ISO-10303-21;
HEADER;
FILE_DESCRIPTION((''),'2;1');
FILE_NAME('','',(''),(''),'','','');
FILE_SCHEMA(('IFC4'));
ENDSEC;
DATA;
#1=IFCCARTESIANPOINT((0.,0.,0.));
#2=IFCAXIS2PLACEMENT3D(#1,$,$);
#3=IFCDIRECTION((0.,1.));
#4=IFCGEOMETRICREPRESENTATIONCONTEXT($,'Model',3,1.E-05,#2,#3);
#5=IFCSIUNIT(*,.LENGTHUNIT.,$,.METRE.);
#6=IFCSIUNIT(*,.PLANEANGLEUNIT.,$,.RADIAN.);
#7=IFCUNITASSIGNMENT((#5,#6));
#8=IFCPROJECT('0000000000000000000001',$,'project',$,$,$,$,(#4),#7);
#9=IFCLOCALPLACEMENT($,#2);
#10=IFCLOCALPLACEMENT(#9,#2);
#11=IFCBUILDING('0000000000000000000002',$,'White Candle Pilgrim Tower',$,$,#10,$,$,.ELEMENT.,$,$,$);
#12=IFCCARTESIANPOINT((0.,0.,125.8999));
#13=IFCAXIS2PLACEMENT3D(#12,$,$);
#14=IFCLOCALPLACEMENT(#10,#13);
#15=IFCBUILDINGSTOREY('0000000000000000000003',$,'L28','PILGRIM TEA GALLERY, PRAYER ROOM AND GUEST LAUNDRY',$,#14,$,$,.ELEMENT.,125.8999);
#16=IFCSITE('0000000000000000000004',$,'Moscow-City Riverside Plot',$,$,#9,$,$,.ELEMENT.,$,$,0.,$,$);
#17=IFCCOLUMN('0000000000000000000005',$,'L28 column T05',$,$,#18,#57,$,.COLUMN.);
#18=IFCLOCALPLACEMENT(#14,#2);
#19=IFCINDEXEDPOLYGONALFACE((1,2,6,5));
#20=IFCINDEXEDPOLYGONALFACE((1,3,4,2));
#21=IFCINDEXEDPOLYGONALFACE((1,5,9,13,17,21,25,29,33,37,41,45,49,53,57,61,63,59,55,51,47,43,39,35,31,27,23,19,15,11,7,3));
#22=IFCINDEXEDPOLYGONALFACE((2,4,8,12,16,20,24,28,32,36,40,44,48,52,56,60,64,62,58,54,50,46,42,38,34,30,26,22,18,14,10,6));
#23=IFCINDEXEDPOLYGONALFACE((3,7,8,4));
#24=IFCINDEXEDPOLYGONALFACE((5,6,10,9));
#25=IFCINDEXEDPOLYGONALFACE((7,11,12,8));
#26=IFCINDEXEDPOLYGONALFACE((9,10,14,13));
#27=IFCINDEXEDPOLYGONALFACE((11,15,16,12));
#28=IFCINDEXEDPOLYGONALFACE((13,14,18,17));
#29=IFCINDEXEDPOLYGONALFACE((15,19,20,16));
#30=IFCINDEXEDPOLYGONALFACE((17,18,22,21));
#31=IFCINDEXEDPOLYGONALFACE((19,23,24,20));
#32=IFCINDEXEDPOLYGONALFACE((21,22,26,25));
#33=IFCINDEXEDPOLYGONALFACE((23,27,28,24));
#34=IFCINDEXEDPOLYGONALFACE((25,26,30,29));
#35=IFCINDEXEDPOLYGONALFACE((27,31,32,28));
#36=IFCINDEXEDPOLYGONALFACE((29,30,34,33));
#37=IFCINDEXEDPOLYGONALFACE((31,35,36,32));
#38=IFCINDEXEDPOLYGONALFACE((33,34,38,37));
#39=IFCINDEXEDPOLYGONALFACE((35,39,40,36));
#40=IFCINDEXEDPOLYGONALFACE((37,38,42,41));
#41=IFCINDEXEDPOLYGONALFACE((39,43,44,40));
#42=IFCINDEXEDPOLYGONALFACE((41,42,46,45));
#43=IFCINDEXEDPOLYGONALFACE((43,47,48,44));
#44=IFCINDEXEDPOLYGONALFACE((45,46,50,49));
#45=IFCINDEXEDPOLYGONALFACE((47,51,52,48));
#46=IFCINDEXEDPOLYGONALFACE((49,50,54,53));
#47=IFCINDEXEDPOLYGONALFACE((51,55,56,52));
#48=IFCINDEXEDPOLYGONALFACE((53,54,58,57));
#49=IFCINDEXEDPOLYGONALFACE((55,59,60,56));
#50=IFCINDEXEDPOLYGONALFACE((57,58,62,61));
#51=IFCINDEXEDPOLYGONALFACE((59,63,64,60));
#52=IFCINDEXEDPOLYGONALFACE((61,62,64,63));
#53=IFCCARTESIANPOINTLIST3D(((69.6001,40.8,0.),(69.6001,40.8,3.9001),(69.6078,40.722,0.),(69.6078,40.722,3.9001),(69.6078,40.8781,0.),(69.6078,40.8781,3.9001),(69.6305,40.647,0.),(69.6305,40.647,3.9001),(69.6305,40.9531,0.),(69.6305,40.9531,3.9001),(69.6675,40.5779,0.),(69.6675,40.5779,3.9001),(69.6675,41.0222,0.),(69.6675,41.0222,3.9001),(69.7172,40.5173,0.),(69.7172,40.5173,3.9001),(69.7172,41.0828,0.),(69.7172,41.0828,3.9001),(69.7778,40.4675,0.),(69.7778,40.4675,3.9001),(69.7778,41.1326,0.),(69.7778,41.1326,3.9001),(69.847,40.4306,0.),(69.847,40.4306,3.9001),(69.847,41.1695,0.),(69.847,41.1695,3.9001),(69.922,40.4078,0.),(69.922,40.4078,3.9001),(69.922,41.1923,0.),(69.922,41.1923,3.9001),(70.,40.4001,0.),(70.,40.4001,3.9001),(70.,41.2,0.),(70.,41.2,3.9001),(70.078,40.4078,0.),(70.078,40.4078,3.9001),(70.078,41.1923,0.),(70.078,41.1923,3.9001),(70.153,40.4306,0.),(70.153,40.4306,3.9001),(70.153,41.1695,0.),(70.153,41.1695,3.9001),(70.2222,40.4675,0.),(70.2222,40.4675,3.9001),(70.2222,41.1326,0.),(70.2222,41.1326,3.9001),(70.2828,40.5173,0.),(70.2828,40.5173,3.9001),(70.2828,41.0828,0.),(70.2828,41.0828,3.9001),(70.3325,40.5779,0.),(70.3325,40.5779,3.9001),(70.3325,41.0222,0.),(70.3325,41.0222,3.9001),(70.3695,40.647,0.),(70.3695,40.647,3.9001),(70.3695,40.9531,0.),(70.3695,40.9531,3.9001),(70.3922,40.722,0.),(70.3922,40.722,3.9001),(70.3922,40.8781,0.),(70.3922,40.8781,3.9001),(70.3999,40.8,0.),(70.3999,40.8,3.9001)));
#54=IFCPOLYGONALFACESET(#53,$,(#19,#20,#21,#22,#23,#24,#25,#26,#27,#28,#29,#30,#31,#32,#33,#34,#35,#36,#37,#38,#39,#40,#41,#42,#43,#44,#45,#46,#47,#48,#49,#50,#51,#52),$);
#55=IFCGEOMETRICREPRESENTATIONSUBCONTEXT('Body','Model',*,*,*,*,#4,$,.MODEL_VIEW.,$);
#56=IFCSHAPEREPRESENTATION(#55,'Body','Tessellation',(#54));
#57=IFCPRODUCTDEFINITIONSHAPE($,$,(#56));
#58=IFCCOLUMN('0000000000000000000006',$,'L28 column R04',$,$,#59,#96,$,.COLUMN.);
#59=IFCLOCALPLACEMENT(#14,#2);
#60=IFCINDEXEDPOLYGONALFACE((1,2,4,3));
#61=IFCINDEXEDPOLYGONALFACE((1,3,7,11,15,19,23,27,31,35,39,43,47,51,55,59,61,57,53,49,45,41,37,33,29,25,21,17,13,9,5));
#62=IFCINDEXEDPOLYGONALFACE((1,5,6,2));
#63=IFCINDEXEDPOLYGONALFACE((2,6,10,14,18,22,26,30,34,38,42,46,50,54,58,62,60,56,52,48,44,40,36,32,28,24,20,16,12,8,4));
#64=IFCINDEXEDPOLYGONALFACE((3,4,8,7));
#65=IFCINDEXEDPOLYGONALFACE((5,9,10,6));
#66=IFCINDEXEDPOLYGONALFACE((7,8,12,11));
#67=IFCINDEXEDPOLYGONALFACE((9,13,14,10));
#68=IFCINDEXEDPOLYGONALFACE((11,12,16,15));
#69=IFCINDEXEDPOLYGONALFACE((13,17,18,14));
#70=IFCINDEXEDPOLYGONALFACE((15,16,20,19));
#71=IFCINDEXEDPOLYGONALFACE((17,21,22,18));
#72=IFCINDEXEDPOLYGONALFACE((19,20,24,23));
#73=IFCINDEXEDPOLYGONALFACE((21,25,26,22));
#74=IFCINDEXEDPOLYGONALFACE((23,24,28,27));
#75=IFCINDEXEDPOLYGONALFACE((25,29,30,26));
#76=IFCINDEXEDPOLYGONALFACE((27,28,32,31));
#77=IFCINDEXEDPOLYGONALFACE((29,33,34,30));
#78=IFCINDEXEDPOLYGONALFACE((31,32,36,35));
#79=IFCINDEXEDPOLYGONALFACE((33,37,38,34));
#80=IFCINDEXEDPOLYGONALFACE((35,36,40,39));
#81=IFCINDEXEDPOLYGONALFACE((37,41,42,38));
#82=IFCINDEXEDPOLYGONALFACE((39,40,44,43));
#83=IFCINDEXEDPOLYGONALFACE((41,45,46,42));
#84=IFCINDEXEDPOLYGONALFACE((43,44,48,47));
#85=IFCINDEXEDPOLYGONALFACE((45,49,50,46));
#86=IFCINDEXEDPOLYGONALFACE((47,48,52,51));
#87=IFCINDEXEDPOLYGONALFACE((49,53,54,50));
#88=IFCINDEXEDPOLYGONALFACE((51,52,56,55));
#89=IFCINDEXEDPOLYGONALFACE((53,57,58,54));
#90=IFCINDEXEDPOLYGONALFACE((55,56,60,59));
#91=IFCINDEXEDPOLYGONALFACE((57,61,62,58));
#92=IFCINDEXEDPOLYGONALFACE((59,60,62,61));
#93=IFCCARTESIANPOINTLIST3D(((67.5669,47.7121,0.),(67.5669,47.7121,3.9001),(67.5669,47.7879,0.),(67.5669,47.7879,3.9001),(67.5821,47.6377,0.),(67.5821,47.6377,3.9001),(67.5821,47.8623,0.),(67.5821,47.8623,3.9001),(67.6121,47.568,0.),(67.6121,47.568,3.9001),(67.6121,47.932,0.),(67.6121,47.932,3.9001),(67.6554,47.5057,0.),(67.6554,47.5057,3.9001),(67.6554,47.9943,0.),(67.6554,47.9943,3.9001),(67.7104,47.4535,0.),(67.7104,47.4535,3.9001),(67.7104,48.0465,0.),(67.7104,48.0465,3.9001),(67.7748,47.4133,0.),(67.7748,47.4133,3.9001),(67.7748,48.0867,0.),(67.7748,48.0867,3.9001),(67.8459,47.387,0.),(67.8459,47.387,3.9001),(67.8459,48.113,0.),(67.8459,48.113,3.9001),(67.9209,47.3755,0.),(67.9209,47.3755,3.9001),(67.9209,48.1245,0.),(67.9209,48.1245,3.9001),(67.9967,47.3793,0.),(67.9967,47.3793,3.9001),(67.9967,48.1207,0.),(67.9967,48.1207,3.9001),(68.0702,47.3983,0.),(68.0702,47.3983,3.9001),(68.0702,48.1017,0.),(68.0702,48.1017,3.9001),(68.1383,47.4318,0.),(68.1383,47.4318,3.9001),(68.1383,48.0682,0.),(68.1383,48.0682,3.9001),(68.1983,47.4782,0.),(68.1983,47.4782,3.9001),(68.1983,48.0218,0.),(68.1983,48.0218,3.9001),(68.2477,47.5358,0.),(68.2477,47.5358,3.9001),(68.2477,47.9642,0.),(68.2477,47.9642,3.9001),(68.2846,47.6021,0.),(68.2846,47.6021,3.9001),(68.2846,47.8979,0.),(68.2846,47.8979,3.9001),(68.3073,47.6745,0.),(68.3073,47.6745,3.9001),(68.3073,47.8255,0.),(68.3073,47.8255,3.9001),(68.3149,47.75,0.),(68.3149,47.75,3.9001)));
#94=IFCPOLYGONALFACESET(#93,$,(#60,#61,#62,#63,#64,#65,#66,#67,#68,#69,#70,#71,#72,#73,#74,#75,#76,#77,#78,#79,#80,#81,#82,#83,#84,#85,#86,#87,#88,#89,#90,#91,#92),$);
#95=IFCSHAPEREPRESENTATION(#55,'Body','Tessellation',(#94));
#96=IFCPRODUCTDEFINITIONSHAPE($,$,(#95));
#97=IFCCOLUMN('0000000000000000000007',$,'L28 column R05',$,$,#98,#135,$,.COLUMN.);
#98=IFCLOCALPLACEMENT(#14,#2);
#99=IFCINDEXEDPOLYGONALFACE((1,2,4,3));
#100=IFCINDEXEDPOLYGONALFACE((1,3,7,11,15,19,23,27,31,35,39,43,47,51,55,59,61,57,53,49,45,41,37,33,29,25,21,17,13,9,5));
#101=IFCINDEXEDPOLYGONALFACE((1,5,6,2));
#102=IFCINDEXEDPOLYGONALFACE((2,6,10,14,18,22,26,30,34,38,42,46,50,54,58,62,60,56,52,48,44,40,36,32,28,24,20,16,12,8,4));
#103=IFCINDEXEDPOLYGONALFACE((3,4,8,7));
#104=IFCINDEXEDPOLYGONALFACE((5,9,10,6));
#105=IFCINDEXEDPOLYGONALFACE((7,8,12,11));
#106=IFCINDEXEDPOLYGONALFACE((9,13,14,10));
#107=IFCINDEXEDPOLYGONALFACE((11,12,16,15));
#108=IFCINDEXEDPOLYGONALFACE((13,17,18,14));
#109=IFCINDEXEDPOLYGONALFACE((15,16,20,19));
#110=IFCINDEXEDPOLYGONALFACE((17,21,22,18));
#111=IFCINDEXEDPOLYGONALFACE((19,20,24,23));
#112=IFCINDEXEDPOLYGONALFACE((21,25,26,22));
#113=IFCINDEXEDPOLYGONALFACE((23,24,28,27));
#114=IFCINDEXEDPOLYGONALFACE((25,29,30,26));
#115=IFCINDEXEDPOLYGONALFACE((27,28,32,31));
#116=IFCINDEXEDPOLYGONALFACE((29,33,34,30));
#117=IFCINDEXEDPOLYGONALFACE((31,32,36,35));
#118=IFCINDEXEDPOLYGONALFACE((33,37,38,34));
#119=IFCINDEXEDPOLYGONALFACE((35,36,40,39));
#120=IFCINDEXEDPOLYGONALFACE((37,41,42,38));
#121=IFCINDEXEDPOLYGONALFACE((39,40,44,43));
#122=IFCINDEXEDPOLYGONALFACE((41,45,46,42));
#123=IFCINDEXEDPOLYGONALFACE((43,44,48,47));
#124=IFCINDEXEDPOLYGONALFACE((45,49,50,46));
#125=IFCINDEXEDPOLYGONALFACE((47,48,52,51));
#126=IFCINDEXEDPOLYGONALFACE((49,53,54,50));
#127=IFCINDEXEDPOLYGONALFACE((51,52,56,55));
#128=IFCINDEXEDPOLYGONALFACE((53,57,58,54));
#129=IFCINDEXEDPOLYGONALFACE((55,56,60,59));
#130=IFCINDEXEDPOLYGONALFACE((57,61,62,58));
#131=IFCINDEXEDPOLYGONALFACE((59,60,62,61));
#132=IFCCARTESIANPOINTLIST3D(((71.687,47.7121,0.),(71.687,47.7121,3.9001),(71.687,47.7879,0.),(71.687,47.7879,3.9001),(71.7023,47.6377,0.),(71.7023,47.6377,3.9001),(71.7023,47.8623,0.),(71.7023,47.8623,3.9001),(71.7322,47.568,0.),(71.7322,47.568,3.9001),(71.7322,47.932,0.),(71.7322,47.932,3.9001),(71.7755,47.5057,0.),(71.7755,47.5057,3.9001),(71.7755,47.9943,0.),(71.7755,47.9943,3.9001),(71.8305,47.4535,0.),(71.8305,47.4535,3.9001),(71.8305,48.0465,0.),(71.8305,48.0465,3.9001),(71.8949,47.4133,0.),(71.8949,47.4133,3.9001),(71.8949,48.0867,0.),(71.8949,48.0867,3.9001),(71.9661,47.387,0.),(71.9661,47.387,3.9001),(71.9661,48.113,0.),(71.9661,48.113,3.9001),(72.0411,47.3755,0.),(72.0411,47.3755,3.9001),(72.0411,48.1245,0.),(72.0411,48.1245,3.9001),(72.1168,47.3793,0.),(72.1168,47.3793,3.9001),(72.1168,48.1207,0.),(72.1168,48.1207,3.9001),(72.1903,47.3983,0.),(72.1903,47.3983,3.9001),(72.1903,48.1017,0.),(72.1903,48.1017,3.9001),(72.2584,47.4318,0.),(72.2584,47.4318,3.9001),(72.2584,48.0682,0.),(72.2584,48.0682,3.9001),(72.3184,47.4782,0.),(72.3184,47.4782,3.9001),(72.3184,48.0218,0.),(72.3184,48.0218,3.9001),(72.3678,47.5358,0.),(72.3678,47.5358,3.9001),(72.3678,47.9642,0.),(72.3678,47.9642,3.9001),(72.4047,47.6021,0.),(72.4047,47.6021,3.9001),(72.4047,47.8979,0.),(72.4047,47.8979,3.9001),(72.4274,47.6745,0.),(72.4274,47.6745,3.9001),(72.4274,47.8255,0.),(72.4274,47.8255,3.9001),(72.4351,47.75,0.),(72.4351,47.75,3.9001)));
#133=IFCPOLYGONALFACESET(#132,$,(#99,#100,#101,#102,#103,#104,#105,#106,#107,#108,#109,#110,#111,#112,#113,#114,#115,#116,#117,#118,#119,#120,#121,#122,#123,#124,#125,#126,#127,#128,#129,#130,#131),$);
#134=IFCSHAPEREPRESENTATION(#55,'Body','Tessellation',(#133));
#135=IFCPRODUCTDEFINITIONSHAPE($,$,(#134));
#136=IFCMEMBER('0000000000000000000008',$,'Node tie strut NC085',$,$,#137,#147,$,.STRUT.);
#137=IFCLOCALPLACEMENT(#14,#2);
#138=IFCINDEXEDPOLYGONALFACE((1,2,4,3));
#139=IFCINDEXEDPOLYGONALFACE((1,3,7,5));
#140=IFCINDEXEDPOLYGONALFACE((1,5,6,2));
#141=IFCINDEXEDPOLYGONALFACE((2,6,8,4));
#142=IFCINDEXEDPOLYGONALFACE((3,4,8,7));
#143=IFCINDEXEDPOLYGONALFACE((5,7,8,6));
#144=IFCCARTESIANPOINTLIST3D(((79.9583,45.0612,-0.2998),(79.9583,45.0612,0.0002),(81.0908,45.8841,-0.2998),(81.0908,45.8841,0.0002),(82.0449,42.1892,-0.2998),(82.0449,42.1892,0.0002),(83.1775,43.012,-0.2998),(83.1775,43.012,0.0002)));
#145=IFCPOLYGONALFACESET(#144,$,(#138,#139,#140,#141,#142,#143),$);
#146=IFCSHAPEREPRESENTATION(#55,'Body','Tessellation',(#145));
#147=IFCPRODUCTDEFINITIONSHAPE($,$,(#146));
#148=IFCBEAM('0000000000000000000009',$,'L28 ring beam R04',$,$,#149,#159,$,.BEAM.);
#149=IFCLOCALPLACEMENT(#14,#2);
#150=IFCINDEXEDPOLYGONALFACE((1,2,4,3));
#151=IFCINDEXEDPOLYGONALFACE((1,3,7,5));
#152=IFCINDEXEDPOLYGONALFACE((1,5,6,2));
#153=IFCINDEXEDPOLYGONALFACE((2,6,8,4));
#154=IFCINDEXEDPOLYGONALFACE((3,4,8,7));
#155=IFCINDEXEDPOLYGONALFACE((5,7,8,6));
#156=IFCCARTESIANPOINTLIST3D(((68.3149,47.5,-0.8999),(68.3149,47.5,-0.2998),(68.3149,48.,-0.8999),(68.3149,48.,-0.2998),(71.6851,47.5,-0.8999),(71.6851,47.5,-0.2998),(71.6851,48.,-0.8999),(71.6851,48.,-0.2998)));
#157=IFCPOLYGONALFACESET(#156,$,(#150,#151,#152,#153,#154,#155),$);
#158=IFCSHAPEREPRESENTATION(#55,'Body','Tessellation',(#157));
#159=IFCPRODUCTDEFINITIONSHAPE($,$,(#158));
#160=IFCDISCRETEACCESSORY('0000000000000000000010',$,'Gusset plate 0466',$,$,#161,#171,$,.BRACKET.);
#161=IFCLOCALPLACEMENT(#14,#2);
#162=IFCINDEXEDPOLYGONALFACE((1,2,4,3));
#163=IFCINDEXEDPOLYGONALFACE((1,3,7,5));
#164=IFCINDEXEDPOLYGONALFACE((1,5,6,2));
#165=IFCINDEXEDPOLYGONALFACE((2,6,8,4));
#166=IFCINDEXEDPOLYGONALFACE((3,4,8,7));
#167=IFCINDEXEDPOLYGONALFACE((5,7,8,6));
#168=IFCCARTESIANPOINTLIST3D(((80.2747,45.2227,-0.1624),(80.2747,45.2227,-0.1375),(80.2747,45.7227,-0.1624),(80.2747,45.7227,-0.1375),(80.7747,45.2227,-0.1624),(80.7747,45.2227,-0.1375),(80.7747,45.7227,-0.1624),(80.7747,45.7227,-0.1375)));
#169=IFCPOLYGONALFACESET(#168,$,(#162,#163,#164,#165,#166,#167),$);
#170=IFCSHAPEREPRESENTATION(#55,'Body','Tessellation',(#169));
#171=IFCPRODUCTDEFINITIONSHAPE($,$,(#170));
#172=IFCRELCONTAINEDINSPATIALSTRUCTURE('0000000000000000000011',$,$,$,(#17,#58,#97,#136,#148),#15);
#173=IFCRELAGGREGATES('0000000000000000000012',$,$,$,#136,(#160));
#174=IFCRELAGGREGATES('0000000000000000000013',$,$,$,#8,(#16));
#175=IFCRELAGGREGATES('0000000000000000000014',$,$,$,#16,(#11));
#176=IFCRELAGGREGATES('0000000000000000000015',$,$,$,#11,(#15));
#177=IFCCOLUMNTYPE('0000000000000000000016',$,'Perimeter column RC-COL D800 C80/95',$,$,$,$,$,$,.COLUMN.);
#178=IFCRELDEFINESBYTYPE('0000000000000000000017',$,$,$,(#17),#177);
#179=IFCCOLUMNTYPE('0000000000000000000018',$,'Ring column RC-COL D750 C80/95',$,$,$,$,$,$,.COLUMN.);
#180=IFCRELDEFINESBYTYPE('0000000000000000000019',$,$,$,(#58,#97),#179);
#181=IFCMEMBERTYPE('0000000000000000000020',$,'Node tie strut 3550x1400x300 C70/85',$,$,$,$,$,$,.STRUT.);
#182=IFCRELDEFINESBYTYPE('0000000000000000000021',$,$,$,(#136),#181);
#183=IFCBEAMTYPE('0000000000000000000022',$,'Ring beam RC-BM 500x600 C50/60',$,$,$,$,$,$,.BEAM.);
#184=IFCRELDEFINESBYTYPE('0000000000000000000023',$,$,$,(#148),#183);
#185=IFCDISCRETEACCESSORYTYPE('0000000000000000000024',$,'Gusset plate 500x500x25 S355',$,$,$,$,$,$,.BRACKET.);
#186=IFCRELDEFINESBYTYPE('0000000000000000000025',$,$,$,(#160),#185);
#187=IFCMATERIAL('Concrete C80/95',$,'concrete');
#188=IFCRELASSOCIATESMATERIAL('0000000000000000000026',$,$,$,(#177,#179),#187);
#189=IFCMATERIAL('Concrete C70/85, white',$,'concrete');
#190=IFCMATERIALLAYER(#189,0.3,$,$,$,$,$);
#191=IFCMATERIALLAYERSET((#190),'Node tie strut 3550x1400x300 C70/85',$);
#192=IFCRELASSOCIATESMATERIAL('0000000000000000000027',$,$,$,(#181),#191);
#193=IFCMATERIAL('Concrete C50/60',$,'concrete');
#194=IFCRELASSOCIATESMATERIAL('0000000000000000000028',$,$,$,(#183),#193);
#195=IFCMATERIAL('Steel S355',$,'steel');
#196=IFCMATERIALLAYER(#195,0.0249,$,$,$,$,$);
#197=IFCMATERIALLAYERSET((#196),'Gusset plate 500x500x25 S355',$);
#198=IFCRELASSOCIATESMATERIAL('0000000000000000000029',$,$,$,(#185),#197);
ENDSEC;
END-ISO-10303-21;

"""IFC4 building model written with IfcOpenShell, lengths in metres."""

from ifc_helpers import new_model, si_unit, direction, frame, origin, origin_2d, place, context, subcontext, project, spatial, rectangle, circle, extrude, material, layer, layer_set, material_profile, profile_set, type_object, element, aggregate, save


model = new_model("IFC4")

# Units and contexts
model_context = context("Model", 3, precision=1e-05, world=origin(), true_north=direction((0.0, 1.0)))
body_context = subcontext(model_context, "Body", "Model", "MODEL_VIEW")
ifc_project = project(units=[si_unit("LENGTHUNIT", "METRE"), si_unit("PLANEANGLEUNIT", "RADIAN")], contexts=[model_context])

# Site, building, storey
site_placement = place(None, origin())
site = spatial("IfcSite", under=ifc_project, at=site_placement, Name="Moscow-City Riverside Plot", CompositionType="ELEMENT", RefElevation=0.0)
building_placement = place(site_placement, origin())
building = spatial("IfcBuilding", under=site, at=building_placement, Name="White Candle Pilgrim Tower", CompositionType="ELEMENT")
storey_placement = place(building_placement, frame((0.0, 0.0, 125.8999)))
storey = spatial("IfcBuildingStorey", under=building, at=storey_placement, Name="L28", Description="PILGRIM TEA GALLERY, PRAYER ROOM AND GUEST LAUNDRY", CompositionType="ELEMENT", Elevation=125.8999)

# Columns
ifc_material_1 = material(Name="Concrete C80/95", Category="concrete")
ifc_material_profile_1 = material_profile(ifc_material_1, circle(Radius=0.3999, at=origin_2d()), Name="RC-COL D800")
ifc_profile_set_1 = profile_set([ifc_material_profile_1], Name="Concrete C80/95")
column_type_1 = type_object("IfcColumnType", Name="Perimeter column RC-COL D800 C80/95", PredefinedType="COLUMN", material=ifc_profile_set_1)
column_placement = place(storey_placement, frame((70.0, 40.8, 0.0), z_axis=(0.0, 0.0, 1.0), x_axis=(1.0, 0.0, 0.0)))
element("IfcColumn", 1, at=column_placement, inside=storey, type_object=column_type_1, Name="L28 column T05", PredefinedType="COLUMN", context=body_context, shape_type="SweptSolid", body=[
    extrude(circle(Radius=0.3999, at=origin_2d()), origin(), (0.0, 0.0, 1.0), 3.9001),
])
ifc_material_profile_2 = material_profile(ifc_material_1, circle(Radius=0.375, at=origin_2d()), Name="RC-COL D750")
ifc_profile_set_2 = profile_set([ifc_material_profile_2], Name="Concrete C80/95")
column_type_2 = type_object("IfcColumnType", Name="Ring column RC-COL D750 C80/95", PredefinedType="COLUMN", material=ifc_profile_set_2)
for number, where, z_axis, x_axis, name in (
    (2, (67.9399, 47.75, 0.0), (0.0, 0.0, 1.0), (1.0, 0.0, 0.0), "L28 column R04"),
    (3, (72.0601, 47.75, 0.0), (0.0, 0.0, 1.0), (1.0, 0.0, 0.0), "L28 column R05"),
):
    element("IfcColumn", number, at=place(storey_placement, frame(where, z_axis=z_axis, x_axis=x_axis)), inside=storey, type_object=column_type_2, Name=name, PredefinedType="COLUMN", context=body_context, shape_type="SweptSolid", body=[
        extrude(circle(Radius=0.375, at=origin_2d()), origin(), (0.0, 0.0, 1.0), 3.9001),
    ])

# Member
ifc_material_2 = material(Name="Concrete C70/85, white", Category="concrete")
ifc_layer_1 = layer(ifc_material_2, 0.3)
ifc_layer_set_1 = layer_set([ifc_layer_1], Name="Node tie strut 3550x1400x300 C70/85")
member_type = type_object("IfcMemberType", Name="Node tie strut 3550x1400x300 C70/85", PredefinedType="STRUT", material=ifc_layer_set_1)
member_placement = place(storey_placement, frame((81.5679, 44.0366, -0.2998), z_axis=(0.0, 0.0, 1.0), x_axis=(0.809017, 0.587785, 0.0)))
member = element("IfcMember", 4, at=member_placement, inside=storey, type_object=member_type, Name="Node tie strut NC085", PredefinedType="STRUT", context=body_context, shape_type="SweptSolid", body=[
    extrude(rectangle(XDim=1.3999, YDim=3.55, at=origin_2d()), origin(), (0.0, 0.0, 1.0), 0.3),
])

# Beam
ifc_material_3 = material(Name="Concrete C50/60", Category="concrete")
ifc_material_profile_3 = material_profile(ifc_material_3, rectangle(XDim=0.5, YDim=0.6001, at=origin_2d()), Name="RC-BM 500x600")
ifc_profile_set_3 = profile_set([ifc_material_profile_3], Name="Concrete C50/60")
beam_type = type_object("IfcBeamType", Name="Ring beam RC-BM 500x600 C50/60", PredefinedType="BEAM", material=ifc_profile_set_3)
beam_placement = place(storey_placement, frame((68.3149, 47.75, -0.5999), z_axis=(1.0, 0.0, 0.0), x_axis=(0.0, 1.0, 0.0)))
element("IfcBeam", 5, at=beam_placement, inside=storey, type_object=beam_type, Name="L28 ring beam R04", PredefinedType="BEAM", context=body_context, shape_type="SweptSolid", body=[
    extrude(rectangle(XDim=0.5, YDim=0.6001, at=origin_2d()), origin(), (0.0, 0.0, 1.0), 3.3701),
])

# Discrete accessory
ifc_material_4 = material(Name="Steel S355", Category="steel")
ifc_layer_2 = layer(ifc_material_4, 0.0249)
ifc_layer_set_2 = layer_set([ifc_layer_2], Name="Gusset plate 500x500x25 S355")
discrete_accessory_type = type_object("IfcDiscreteAccessoryType", Name="Gusset plate 500x500x25 S355", PredefinedType="BRACKET", material=ifc_layer_set_2)
discrete_accessory_placement = place(storey_placement, frame((80.5247, 45.4727, -0.1624), z_axis=(0.0, 0.0, 1.0), x_axis=(1.0, 0.0, 0.0)))
discrete_accessory = element("IfcDiscreteAccessory", 6, at=discrete_accessory_placement, type_object=discrete_accessory_type, Name="Gusset plate 0466", PredefinedType="BRACKET", context=body_context, shape_type="SweptSolid", body=[
    extrude(rectangle(XDim=0.5, YDim=0.5, at=origin_2d()), origin(), (0.0, 0.0, 1.0), 0.0249),
])
aggregate(member, [discrete_accessory])

save(model, "model.ifc")
